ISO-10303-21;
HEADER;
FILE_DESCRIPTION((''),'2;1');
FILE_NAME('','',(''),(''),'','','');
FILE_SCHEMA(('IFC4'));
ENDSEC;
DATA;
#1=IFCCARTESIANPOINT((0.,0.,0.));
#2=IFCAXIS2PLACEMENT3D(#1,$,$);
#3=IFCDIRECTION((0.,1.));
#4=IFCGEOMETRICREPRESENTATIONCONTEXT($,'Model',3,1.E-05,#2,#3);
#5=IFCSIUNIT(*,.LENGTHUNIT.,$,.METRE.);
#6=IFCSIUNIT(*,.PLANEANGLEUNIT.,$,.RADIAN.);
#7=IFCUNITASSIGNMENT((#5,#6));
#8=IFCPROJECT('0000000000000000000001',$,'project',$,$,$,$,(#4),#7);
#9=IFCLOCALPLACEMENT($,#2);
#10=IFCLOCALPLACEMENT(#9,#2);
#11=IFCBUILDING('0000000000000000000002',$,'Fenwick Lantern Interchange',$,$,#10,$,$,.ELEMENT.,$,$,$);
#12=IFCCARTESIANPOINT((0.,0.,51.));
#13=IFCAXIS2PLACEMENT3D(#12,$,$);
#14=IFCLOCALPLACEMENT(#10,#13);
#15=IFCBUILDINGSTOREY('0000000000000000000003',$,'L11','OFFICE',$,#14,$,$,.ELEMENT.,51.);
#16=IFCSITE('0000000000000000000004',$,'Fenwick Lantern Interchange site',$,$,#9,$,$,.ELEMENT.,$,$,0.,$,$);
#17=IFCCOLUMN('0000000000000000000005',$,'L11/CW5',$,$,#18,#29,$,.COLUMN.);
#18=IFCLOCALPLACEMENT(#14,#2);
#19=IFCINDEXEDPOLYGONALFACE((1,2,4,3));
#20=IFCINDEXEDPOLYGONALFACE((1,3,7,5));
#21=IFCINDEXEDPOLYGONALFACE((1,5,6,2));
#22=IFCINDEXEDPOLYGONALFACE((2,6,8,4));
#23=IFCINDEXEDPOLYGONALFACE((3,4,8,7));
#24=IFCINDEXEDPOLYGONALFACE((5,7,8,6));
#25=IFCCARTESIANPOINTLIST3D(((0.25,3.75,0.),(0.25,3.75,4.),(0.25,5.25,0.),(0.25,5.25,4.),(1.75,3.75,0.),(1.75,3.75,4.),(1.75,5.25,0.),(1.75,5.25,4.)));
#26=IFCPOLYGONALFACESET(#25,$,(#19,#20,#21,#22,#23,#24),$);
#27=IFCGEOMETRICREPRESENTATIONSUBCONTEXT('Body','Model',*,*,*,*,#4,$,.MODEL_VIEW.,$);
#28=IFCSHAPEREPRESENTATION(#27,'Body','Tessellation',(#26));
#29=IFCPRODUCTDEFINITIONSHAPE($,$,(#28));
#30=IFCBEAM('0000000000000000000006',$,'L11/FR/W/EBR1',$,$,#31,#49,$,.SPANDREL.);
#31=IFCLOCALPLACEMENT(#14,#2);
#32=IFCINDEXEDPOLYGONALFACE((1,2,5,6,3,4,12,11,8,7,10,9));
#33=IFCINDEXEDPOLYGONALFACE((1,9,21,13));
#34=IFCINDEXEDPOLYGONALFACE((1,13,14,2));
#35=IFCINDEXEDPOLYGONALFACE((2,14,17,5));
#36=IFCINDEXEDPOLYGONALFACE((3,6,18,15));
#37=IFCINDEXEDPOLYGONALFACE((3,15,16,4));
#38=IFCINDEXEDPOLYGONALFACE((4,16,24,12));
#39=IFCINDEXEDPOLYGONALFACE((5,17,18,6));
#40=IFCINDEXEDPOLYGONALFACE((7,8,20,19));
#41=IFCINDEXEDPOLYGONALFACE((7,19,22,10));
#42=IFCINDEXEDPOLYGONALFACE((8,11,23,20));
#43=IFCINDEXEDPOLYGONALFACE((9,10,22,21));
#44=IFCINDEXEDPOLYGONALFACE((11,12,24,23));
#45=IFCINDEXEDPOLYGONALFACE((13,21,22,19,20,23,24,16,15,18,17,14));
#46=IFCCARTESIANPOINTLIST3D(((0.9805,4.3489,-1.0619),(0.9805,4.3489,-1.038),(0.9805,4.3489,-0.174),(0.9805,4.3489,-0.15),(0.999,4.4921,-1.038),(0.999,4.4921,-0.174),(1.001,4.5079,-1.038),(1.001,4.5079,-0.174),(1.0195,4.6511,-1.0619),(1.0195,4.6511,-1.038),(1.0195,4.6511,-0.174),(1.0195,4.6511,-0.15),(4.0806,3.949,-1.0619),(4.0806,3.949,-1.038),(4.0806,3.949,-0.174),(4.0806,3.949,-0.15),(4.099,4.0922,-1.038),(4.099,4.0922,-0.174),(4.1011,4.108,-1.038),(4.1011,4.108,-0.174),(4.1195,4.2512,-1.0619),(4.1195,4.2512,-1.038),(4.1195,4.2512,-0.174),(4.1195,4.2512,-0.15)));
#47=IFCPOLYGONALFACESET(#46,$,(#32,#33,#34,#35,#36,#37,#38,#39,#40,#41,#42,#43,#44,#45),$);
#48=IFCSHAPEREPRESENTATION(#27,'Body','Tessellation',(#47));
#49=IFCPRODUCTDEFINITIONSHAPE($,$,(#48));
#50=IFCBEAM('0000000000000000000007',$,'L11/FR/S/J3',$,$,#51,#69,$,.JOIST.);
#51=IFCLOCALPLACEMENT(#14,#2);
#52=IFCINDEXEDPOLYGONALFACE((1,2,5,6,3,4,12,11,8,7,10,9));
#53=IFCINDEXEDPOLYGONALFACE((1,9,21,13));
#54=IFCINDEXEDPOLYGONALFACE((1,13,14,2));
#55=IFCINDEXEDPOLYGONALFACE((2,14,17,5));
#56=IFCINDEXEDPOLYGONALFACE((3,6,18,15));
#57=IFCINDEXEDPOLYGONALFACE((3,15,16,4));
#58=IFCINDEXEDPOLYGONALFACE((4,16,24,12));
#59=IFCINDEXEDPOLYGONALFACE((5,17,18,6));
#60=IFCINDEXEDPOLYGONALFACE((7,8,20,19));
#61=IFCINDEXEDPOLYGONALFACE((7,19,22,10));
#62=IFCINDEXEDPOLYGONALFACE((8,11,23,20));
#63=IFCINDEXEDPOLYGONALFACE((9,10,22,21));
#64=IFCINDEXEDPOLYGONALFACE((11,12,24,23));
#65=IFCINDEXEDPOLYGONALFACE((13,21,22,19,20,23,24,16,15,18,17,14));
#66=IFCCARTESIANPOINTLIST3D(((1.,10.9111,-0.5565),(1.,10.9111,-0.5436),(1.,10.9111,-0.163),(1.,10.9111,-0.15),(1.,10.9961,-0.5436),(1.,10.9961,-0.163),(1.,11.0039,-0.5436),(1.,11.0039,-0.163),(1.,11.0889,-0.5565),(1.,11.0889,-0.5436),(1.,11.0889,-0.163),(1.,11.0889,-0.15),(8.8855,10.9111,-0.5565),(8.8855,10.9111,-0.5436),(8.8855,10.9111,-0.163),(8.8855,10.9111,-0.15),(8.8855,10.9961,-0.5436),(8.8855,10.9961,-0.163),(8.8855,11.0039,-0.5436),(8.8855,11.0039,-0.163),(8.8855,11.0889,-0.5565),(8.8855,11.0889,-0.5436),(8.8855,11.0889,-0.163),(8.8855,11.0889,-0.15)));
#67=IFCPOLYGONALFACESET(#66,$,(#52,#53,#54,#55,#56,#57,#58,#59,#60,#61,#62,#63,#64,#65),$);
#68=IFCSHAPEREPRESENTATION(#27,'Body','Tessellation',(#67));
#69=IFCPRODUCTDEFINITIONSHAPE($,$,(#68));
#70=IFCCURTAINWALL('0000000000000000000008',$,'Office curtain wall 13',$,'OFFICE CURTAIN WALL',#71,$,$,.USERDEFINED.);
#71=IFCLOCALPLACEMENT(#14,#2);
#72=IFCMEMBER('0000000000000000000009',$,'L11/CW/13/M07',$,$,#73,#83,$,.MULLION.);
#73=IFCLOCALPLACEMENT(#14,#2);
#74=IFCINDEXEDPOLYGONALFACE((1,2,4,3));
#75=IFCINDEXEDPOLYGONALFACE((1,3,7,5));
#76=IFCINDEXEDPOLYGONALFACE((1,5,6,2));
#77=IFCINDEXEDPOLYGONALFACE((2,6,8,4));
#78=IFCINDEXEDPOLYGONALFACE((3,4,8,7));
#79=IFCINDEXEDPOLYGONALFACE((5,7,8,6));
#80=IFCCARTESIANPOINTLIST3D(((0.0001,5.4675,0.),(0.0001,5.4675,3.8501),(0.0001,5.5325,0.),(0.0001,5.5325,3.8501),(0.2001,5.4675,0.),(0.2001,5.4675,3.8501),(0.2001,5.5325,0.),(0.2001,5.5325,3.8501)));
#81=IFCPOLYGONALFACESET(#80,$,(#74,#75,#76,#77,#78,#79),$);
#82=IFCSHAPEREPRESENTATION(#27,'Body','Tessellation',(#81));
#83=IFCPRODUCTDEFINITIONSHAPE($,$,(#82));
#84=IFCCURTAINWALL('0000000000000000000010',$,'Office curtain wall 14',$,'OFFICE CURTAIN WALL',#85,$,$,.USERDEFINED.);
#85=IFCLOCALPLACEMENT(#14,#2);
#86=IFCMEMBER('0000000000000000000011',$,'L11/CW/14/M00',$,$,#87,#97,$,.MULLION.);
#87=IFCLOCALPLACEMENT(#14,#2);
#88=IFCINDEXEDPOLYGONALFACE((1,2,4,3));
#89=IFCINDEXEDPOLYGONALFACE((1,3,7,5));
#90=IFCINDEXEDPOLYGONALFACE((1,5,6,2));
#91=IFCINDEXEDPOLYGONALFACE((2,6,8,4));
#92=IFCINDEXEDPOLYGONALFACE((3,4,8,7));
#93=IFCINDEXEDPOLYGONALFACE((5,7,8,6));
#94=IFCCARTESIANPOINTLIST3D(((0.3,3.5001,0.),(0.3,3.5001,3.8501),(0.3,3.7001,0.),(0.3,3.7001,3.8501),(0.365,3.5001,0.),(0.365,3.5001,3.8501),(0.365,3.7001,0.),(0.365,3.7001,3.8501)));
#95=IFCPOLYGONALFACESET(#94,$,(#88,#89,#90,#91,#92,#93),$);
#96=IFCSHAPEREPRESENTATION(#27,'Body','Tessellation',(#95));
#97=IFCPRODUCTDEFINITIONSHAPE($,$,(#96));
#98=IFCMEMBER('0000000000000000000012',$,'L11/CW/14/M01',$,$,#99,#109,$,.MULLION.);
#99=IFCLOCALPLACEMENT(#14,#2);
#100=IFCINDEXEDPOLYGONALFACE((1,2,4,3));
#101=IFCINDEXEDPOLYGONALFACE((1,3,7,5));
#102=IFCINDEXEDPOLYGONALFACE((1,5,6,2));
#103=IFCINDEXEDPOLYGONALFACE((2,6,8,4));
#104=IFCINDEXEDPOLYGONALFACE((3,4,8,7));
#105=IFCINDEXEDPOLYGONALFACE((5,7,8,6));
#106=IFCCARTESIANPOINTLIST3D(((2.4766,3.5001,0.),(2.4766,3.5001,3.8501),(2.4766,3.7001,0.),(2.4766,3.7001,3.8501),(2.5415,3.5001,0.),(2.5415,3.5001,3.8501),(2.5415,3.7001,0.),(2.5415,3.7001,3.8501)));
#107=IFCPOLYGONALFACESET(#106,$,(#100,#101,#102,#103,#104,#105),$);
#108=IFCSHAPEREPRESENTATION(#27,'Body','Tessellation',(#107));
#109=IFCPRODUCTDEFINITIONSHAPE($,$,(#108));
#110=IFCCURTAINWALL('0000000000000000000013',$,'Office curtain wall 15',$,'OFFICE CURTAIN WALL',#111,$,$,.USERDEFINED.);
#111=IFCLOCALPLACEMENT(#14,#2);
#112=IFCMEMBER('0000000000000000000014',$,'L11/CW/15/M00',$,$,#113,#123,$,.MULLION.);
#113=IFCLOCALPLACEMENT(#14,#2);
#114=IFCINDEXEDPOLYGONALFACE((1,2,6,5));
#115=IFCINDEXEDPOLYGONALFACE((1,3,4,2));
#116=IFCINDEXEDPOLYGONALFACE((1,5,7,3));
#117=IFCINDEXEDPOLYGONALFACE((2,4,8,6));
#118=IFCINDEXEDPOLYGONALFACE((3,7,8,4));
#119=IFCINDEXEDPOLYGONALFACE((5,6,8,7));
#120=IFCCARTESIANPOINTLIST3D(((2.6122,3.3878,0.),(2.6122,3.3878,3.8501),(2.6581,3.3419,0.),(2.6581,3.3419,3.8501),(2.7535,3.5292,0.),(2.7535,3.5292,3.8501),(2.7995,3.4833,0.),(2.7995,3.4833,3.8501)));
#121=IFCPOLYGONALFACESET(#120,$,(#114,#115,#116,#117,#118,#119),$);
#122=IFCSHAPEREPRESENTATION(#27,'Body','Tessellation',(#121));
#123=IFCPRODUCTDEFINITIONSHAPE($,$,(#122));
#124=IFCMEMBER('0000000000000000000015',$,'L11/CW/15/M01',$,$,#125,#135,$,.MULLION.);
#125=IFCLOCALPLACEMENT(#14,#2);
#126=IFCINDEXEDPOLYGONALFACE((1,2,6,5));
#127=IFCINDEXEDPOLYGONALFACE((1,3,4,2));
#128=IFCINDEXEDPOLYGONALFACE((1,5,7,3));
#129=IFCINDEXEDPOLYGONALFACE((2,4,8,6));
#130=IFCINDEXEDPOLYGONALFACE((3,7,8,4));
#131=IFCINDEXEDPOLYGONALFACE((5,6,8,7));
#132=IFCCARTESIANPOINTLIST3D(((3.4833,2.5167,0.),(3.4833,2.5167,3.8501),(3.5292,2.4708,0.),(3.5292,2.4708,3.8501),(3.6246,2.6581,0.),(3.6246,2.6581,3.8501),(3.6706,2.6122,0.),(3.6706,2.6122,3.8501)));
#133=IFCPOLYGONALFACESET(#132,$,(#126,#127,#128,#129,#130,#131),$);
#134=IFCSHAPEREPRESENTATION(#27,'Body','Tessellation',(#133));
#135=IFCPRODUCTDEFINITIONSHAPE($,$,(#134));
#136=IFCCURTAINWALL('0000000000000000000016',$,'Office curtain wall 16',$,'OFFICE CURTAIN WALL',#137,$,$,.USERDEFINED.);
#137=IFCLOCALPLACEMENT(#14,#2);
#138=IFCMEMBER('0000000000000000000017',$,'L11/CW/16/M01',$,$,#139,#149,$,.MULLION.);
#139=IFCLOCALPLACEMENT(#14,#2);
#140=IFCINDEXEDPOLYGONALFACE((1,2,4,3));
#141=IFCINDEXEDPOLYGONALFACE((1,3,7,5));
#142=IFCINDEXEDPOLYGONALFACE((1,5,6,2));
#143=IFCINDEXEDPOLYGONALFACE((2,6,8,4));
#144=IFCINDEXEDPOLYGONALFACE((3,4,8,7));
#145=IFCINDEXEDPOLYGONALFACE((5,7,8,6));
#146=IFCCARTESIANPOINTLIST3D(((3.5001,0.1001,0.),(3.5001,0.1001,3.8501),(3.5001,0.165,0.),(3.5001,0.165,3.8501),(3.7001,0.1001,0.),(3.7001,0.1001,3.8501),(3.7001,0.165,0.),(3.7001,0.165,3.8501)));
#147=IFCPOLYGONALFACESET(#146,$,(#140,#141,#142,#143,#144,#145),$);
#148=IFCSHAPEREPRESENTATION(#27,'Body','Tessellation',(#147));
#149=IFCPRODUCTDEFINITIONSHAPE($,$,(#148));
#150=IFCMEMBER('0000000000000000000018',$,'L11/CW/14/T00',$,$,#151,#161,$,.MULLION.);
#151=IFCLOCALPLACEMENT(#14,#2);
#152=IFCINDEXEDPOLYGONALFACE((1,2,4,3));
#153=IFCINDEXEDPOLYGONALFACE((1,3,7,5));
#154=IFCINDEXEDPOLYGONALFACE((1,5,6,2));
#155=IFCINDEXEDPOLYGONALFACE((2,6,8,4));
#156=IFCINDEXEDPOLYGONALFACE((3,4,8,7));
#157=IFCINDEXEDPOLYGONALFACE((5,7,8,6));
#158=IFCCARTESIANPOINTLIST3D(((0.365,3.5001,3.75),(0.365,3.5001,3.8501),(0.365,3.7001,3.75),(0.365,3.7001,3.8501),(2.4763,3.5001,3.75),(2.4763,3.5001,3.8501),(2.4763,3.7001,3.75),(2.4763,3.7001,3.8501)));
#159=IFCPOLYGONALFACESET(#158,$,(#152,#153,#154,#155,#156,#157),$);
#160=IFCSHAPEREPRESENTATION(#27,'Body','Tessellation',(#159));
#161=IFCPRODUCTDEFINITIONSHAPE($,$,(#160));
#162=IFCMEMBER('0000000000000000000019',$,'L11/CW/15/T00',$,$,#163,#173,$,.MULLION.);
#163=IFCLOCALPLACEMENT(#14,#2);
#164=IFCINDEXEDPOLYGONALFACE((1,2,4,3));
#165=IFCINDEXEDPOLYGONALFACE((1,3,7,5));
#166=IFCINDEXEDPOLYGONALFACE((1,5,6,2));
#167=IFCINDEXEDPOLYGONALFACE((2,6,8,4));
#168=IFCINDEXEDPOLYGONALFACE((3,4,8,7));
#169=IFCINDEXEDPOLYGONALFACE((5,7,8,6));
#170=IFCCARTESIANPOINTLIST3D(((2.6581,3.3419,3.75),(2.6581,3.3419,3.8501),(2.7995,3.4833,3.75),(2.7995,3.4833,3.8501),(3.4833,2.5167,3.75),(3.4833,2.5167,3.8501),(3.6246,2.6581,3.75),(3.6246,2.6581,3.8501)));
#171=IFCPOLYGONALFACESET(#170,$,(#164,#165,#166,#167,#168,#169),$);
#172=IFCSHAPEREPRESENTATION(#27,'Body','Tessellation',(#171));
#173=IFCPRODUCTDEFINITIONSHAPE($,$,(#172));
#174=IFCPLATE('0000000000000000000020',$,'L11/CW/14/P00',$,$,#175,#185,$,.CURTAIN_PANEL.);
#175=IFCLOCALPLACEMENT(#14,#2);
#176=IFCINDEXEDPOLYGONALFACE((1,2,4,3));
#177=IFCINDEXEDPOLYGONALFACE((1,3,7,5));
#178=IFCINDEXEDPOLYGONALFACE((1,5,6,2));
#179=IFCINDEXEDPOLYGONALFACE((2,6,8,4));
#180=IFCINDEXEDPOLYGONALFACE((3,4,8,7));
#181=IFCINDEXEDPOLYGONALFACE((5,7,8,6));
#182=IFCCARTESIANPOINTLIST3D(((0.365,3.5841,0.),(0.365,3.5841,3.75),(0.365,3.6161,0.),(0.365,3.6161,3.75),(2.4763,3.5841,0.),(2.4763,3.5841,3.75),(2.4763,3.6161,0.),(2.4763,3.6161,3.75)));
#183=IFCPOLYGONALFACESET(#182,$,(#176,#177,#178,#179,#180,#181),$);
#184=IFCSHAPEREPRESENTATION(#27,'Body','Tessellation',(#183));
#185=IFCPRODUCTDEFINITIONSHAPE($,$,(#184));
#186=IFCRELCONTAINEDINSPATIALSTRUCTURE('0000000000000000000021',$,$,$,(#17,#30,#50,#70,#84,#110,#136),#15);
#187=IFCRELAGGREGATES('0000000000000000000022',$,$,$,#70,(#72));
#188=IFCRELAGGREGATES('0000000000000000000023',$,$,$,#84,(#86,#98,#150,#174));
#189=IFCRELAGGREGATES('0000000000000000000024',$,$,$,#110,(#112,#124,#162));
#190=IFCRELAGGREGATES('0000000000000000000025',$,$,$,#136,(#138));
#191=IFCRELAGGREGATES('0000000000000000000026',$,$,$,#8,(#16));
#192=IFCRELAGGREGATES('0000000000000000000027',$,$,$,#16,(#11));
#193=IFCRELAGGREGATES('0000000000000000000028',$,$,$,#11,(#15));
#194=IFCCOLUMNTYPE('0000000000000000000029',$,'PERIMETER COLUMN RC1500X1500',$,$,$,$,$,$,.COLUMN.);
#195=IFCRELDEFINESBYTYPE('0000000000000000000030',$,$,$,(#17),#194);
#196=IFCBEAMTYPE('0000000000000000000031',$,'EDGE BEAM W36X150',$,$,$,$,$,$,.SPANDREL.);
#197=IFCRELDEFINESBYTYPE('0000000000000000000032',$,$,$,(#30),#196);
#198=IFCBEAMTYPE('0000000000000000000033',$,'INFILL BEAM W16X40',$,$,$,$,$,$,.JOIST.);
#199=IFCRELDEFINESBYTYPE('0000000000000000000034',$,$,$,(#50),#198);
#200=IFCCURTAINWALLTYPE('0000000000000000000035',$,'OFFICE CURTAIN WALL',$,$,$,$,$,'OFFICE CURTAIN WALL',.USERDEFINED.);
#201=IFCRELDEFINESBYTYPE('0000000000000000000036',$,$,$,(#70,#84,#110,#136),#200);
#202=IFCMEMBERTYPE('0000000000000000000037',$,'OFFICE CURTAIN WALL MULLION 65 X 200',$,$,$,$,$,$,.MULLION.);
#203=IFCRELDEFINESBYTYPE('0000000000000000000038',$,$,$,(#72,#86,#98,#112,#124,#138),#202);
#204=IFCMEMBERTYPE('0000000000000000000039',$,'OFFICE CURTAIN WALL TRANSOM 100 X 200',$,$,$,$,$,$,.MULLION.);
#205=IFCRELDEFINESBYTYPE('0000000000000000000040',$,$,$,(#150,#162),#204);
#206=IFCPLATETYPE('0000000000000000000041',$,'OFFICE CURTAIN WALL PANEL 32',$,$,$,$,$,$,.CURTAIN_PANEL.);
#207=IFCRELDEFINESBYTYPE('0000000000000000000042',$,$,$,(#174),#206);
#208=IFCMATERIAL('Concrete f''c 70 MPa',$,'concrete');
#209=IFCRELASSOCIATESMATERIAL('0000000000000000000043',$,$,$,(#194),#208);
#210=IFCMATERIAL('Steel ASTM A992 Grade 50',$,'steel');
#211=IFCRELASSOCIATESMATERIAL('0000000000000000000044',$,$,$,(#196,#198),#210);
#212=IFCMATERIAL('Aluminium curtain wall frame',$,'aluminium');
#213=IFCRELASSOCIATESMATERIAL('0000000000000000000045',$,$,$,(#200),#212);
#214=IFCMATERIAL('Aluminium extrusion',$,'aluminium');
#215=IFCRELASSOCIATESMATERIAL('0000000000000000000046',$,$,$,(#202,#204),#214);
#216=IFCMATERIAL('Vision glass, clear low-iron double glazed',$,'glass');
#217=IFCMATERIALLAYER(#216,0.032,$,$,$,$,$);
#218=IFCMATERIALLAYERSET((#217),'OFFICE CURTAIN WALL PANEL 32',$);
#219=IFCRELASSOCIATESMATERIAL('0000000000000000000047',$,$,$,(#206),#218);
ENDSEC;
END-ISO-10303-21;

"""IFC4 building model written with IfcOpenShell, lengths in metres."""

from ifc_helpers import new_model, si_unit, direction, frame, origin, origin_2d, place, context, subcontext, project, spatial, rectangle, i_section, extrude, material, layer, layer_set, material_profile, profile_set, type_object, element, aggregate, save


model = new_model("IFC4")

# Units and contexts
model_context = context("Model", 3, precision=1e-05, world=origin(), true_north=direction((0.0, 1.0)))
body_context = subcontext(model_context, "Body", "Model", "MODEL_VIEW")
ifc_project = project(units=[si_unit("LENGTHUNIT", "METRE"), si_unit("PLANEANGLEUNIT", "RADIAN")], contexts=[model_context])

# Site, building, storey
site_placement = place(None, origin())
site = spatial("IfcSite", under=ifc_project, at=site_placement, Name="Fenwick Lantern Interchange site", CompositionType="ELEMENT", RefElevation=0.0)
building_placement = place(site_placement, origin())
building = spatial("IfcBuilding", under=site, at=building_placement, Name="Fenwick Lantern Interchange", CompositionType="ELEMENT")
storey_placement = place(building_placement, frame((0.0, 0.0, 51.0)))
storey = spatial("IfcBuildingStorey", under=building, at=storey_placement, Name="L11", Description="OFFICE", CompositionType="ELEMENT", Elevation=51.0)

# Column
ifc_material_1 = material(Name="Concrete f'c 70 MPa", Category="concrete")
ifc_material_profile_1 = material_profile(ifc_material_1, rectangle(XDim=1.5, YDim=1.5, at=origin_2d()), Name="RC1500X1500")
ifc_profile_set_1 = profile_set([ifc_material_profile_1], Name="Concrete f'c 70 MPa")
column_type = type_object("IfcColumnType", Name="PERIMETER COLUMN RC1500X1500", PredefinedType="COLUMN", material=ifc_profile_set_1)
column_placement = place(storey_placement, frame((1.0, 4.5, 0.0), z_axis=(0.0, 0.0, 1.0), x_axis=(1.0, 0.0, 0.0)))
element("IfcColumn", 1, at=column_placement, inside=storey, type_object=column_type, Name="L11/CW5", PredefinedType="COLUMN", context=body_context, shape_type="SweptSolid", body=[
    extrude(rectangle(XDim=1.5, YDim=1.5, at=origin_2d()), origin(), (0.0, 0.0, 1.0), 4.0),
])

# Beams
ifc_material_2 = material(Name="Steel ASTM A992 Grade 50", Category="steel")
ifc_material_profile_2 = material_profile(ifc_material_2, i_section(OverallWidth=0.3047, OverallDepth=0.9119, WebThickness=0.0159, FlangeThickness=0.0239, at=origin_2d()), Name="W36X150")
ifc_profile_set_2 = profile_set([ifc_material_profile_2], Name="Steel ASTM A992 Grade 50")
beam_type_1 = type_object("IfcBeamType", Name="EDGE BEAM W36X150", PredefinedType="SPANDREL", material=ifc_profile_set_2)
beam_1_placement = place(storey_placement, frame((1.0, 4.5, -0.606), z_axis=(0.991782, -0.127937, 0.0), x_axis=(0.127937, 0.991782, 0.0)))
element("IfcBeam", 2, at=beam_1_placement, inside=storey, type_object=beam_type_1, Name="L11/FR/W/EBR1", PredefinedType="SPANDREL", context=body_context, shape_type="SweptSolid", body=[
    extrude(i_section(OverallWidth=0.3047, OverallDepth=0.9119, WebThickness=0.0159, FlangeThickness=0.0239, at=origin_2d()), origin(), (0.0, 0.0, 1.0), 3.1257),
])
ifc_material_profile_3 = material_profile(ifc_material_2, i_section(OverallWidth=0.1777, OverallDepth=0.4065, WebThickness=0.0078, FlangeThickness=0.0129, at=origin_2d()), Name="W16X40")
ifc_profile_set_3 = profile_set([ifc_material_profile_3], Name="Steel ASTM A992 Grade 50")
beam_type_2 = type_object("IfcBeamType", Name="INFILL BEAM W16X40", PredefinedType="JOIST", material=ifc_profile_set_3)
beam_2_placement = place(storey_placement, frame((1.0, 11.0, -0.3533), z_axis=(1.0, 0.0, 0.0), x_axis=(0.0, 1.0, 0.0)))
element("IfcBeam", 3, at=beam_2_placement, inside=storey, type_object=beam_type_2, Name="L11/FR/S/J3", PredefinedType="JOIST", context=body_context, shape_type="SweptSolid", body=[
    extrude(i_section(OverallWidth=0.1777, OverallDepth=0.4065, WebThickness=0.0078, FlangeThickness=0.0129, at=origin_2d()), origin(), (0.0, 0.0, 1.0), 7.8855),
])

# Curtain wall, member
ifc_material_3 = material(Name="Aluminium curtain wall frame", Category="aluminium")
curtain_wall_type = type_object("IfcCurtainWallType", Name="OFFICE CURTAIN WALL", ElementType="OFFICE CURTAIN WALL", PredefinedType="USERDEFINED", material=ifc_material_3)
curtain_wall_1_placement = place(storey_placement, origin())
curtain_wall_1 = element("IfcCurtainWall", 4, at=curtain_wall_1_placement, inside=storey, type_object=curtain_wall_type, Name="Office curtain wall 13", ObjectType="OFFICE CURTAIN WALL", PredefinedType="USERDEFINED")
ifc_material_4 = material(Name="Aluminium extrusion", Category="aluminium")
ifc_material_profile_4 = material_profile(ifc_material_4, rectangle(XDim=0.2, YDim=0.0649, at=origin_2d()), Name="OFFICE CURTAIN WALL MULLION 65 X 200")
ifc_profile_set_4 = profile_set([ifc_material_profile_4], Name="Aluminium extrusion")
member_type_1 = type_object("IfcMemberType", Name="OFFICE CURTAIN WALL MULLION 65 X 200", PredefinedType="MULLION", material=ifc_profile_set_4)
member_1_placement = place(storey_placement, frame((0.1001, 5.5, 0.0), z_axis=(0.0, 0.0, 1.0), x_axis=(1.0, 0.0, 0.0)))
member_1 = element("IfcMember", 5, at=member_1_placement, type_object=member_type_1, Name="L11/CW/13/M07", PredefinedType="MULLION", context=body_context, shape_type="SweptSolid", body=[
    extrude(rectangle(XDim=0.2, YDim=0.0649, at=origin_2d()), origin(), (0.0, 0.0, 1.0), 3.8501),
])
aggregate(curtain_wall_1, [member_1])

# Curtain walls, members
curtain_wall_2_placement = place(storey_placement, origin())
curtain_wall_2 = element("IfcCurtainWall", 6, at=curtain_wall_2_placement, inside=storey, type_object=curtain_wall_type, Name="Office curtain wall 14", ObjectType="OFFICE CURTAIN WALL", PredefinedType="USERDEFINED")
member_2_placement = place(storey_placement, frame((0.3325, 3.6001, 0.0), z_axis=(0.0, 0.0, 1.0), x_axis=(0.0, 1.0, 0.0)))
member_2 = element("IfcMember", 7, at=member_2_placement, type_object=member_type_1, Name="L11/CW/14/M00", PredefinedType="MULLION", context=body_context, shape_type="SweptSolid", body=[
    extrude(rectangle(XDim=0.2, YDim=0.0649, at=origin_2d()), origin(), (0.0, 0.0, 1.0), 3.8501),
])
member_3_placement = place(storey_placement, frame((2.509, 3.6001, 0.0), z_axis=(0.0, 0.0, 1.0), x_axis=(0.0, 1.0, 0.0)))
member_3 = element("IfcMember", 8, at=member_3_placement, type_object=member_type_1, Name="L11/CW/14/M01", PredefinedType="MULLION", context=body_context, shape_type="SweptSolid", body=[
    extrude(rectangle(XDim=0.2, YDim=0.0649, at=origin_2d()), origin(), (0.0, 0.0, 1.0), 3.8501),
])
curtain_wall_3_placement = place(storey_placement, origin())
curtain_wall_3 = element("IfcCurtainWall", 9, at=curtain_wall_3_placement, inside=storey, type_object=curtain_wall_type, Name="Office curtain wall 15", ObjectType="OFFICE CURTAIN WALL", PredefinedType="USERDEFINED")
member_4_placement = place(storey_placement, frame((2.7058, 3.4355, 0.0), z_axis=(0.0, 0.0, 1.0), x_axis=(0.707107, 0.707107, 0.0)))
member_4 = element("IfcMember", 10, at=member_4_placement, type_object=member_type_1, Name="L11/CW/15/M00", PredefinedType="MULLION", context=body_context, shape_type="SweptSolid", body=[
    extrude(rectangle(XDim=0.2, YDim=0.0649, at=origin_2d()), origin(), (0.0, 0.0, 1.0), 3.8501),
])
member_5_placement = place(storey_placement, frame((3.5769, 2.5645, 0.0), z_axis=(0.0, 0.0, 1.0), x_axis=(0.707107, 0.707107, 0.0)))
member_5 = element("IfcMember", 11, at=member_5_placement, type_object=member_type_1, Name="L11/CW/15/M01", PredefinedType="MULLION", context=body_context, shape_type="SweptSolid", body=[
    extrude(rectangle(XDim=0.2, YDim=0.0649, at=origin_2d()), origin(), (0.0, 0.0, 1.0), 3.8501),
])

# Curtain wall, member
curtain_wall_4_placement = place(storey_placement, origin())
curtain_wall_4 = element("IfcCurtainWall", 12, at=curtain_wall_4_placement, inside=storey, type_object=curtain_wall_type, Name="Office curtain wall 16", ObjectType="OFFICE CURTAIN WALL", PredefinedType="USERDEFINED")
member_6_placement = place(storey_placement, frame((3.6001, 0.1326, 0.0), z_axis=(0.0, 0.0, 1.0), x_axis=(1.0, 0.0, 0.0)))
member_6 = element("IfcMember", 13, at=member_6_placement, type_object=member_type_1, Name="L11/CW/16/M01", PredefinedType="MULLION", context=body_context, shape_type="SweptSolid", body=[
    extrude(rectangle(XDim=0.2, YDim=0.0649, at=origin_2d()), origin(), (0.0, 0.0, 1.0), 3.8501),
])

# Members
ifc_material_profile_5 = material_profile(ifc_material_4, rectangle(XDim=0.2, YDim=0.1001, at=origin_2d()), Name="OFFICE CURTAIN WALL TRANSOM 100 X 200")
ifc_profile_set_5 = profile_set([ifc_material_profile_5], Name="Aluminium extrusion")
member_type_2 = type_object("IfcMemberType", Name="OFFICE CURTAIN WALL TRANSOM 100 X 200", PredefinedType="MULLION", material=ifc_profile_set_5)
member_7_placement = place(storey_placement, frame((0.365, 3.6001, 3.8), z_axis=(1.0, 0.0, 0.0), x_axis=(0.0, 1.0, 0.0)))
member_7 = element("IfcMember", 14, at=member_7_placement, type_object=member_type_2, Name="L11/CW/14/T00", PredefinedType="MULLION", context=body_context, shape_type="SweptSolid", body=[
    extrude(rectangle(XDim=0.2, YDim=0.1001, at=origin_2d()), origin(), (0.0, 0.0, 1.0), 2.1113),
])
member_8_placement = place(storey_placement, frame((2.7288, 3.4126, 3.8), z_axis=(0.707107, -0.707107, 0.0), x_axis=(0.707107, 0.707107, 0.0)))
member_8 = element("IfcMember", 15, at=member_8_placement, type_object=member_type_2, Name="L11/CW/15/T00", PredefinedType="MULLION", context=body_context, shape_type="SweptSolid", body=[
    extrude(rectangle(XDim=0.2, YDim=0.1001, at=origin_2d()), origin(), (0.0, 0.0, 1.0), 1.167),
])

# Shared definitions
ifc_material_5 = material(Name="Vision glass, clear low-iron double glazed", Category="glass")
ifc_layer_1 = layer(ifc_material_5, 0.032)
ifc_layer_set_1 = layer_set([ifc_layer_1], Name="OFFICE CURTAIN WALL PANEL 32")
plate_type = type_object("IfcPlateType", Name="OFFICE CURTAIN WALL PANEL 32", PredefinedType="CURTAIN_PANEL", material=ifc_layer_set_1)

# Plate
plate_1_placement = place(storey_placement, frame((1.4207, 3.6001, 0.0), z_axis=(0.0, 0.0, 1.0), x_axis=(1.0, 0.0, 0.0)))
plate_1 = element("IfcPlate", 16, at=plate_1_placement, type_object=plate_type, Name="L11/CW/14/P00", PredefinedType="CURTAIN_PANEL", context=body_context, shape_type="SweptSolid", body=[
    extrude(rectangle(XDim=2.1113, YDim=0.032, at=origin_2d()), origin(), (0.0, 0.0, 1.0), 3.75),
])
aggregate(curtain_wall_2, [member_2, member_3, member_7, plate_1])
aggregate(curtain_wall_3, [member_4, member_5, member_8])
aggregate(curtain_wall_4, [member_6])

save(model, "model.ifc")
